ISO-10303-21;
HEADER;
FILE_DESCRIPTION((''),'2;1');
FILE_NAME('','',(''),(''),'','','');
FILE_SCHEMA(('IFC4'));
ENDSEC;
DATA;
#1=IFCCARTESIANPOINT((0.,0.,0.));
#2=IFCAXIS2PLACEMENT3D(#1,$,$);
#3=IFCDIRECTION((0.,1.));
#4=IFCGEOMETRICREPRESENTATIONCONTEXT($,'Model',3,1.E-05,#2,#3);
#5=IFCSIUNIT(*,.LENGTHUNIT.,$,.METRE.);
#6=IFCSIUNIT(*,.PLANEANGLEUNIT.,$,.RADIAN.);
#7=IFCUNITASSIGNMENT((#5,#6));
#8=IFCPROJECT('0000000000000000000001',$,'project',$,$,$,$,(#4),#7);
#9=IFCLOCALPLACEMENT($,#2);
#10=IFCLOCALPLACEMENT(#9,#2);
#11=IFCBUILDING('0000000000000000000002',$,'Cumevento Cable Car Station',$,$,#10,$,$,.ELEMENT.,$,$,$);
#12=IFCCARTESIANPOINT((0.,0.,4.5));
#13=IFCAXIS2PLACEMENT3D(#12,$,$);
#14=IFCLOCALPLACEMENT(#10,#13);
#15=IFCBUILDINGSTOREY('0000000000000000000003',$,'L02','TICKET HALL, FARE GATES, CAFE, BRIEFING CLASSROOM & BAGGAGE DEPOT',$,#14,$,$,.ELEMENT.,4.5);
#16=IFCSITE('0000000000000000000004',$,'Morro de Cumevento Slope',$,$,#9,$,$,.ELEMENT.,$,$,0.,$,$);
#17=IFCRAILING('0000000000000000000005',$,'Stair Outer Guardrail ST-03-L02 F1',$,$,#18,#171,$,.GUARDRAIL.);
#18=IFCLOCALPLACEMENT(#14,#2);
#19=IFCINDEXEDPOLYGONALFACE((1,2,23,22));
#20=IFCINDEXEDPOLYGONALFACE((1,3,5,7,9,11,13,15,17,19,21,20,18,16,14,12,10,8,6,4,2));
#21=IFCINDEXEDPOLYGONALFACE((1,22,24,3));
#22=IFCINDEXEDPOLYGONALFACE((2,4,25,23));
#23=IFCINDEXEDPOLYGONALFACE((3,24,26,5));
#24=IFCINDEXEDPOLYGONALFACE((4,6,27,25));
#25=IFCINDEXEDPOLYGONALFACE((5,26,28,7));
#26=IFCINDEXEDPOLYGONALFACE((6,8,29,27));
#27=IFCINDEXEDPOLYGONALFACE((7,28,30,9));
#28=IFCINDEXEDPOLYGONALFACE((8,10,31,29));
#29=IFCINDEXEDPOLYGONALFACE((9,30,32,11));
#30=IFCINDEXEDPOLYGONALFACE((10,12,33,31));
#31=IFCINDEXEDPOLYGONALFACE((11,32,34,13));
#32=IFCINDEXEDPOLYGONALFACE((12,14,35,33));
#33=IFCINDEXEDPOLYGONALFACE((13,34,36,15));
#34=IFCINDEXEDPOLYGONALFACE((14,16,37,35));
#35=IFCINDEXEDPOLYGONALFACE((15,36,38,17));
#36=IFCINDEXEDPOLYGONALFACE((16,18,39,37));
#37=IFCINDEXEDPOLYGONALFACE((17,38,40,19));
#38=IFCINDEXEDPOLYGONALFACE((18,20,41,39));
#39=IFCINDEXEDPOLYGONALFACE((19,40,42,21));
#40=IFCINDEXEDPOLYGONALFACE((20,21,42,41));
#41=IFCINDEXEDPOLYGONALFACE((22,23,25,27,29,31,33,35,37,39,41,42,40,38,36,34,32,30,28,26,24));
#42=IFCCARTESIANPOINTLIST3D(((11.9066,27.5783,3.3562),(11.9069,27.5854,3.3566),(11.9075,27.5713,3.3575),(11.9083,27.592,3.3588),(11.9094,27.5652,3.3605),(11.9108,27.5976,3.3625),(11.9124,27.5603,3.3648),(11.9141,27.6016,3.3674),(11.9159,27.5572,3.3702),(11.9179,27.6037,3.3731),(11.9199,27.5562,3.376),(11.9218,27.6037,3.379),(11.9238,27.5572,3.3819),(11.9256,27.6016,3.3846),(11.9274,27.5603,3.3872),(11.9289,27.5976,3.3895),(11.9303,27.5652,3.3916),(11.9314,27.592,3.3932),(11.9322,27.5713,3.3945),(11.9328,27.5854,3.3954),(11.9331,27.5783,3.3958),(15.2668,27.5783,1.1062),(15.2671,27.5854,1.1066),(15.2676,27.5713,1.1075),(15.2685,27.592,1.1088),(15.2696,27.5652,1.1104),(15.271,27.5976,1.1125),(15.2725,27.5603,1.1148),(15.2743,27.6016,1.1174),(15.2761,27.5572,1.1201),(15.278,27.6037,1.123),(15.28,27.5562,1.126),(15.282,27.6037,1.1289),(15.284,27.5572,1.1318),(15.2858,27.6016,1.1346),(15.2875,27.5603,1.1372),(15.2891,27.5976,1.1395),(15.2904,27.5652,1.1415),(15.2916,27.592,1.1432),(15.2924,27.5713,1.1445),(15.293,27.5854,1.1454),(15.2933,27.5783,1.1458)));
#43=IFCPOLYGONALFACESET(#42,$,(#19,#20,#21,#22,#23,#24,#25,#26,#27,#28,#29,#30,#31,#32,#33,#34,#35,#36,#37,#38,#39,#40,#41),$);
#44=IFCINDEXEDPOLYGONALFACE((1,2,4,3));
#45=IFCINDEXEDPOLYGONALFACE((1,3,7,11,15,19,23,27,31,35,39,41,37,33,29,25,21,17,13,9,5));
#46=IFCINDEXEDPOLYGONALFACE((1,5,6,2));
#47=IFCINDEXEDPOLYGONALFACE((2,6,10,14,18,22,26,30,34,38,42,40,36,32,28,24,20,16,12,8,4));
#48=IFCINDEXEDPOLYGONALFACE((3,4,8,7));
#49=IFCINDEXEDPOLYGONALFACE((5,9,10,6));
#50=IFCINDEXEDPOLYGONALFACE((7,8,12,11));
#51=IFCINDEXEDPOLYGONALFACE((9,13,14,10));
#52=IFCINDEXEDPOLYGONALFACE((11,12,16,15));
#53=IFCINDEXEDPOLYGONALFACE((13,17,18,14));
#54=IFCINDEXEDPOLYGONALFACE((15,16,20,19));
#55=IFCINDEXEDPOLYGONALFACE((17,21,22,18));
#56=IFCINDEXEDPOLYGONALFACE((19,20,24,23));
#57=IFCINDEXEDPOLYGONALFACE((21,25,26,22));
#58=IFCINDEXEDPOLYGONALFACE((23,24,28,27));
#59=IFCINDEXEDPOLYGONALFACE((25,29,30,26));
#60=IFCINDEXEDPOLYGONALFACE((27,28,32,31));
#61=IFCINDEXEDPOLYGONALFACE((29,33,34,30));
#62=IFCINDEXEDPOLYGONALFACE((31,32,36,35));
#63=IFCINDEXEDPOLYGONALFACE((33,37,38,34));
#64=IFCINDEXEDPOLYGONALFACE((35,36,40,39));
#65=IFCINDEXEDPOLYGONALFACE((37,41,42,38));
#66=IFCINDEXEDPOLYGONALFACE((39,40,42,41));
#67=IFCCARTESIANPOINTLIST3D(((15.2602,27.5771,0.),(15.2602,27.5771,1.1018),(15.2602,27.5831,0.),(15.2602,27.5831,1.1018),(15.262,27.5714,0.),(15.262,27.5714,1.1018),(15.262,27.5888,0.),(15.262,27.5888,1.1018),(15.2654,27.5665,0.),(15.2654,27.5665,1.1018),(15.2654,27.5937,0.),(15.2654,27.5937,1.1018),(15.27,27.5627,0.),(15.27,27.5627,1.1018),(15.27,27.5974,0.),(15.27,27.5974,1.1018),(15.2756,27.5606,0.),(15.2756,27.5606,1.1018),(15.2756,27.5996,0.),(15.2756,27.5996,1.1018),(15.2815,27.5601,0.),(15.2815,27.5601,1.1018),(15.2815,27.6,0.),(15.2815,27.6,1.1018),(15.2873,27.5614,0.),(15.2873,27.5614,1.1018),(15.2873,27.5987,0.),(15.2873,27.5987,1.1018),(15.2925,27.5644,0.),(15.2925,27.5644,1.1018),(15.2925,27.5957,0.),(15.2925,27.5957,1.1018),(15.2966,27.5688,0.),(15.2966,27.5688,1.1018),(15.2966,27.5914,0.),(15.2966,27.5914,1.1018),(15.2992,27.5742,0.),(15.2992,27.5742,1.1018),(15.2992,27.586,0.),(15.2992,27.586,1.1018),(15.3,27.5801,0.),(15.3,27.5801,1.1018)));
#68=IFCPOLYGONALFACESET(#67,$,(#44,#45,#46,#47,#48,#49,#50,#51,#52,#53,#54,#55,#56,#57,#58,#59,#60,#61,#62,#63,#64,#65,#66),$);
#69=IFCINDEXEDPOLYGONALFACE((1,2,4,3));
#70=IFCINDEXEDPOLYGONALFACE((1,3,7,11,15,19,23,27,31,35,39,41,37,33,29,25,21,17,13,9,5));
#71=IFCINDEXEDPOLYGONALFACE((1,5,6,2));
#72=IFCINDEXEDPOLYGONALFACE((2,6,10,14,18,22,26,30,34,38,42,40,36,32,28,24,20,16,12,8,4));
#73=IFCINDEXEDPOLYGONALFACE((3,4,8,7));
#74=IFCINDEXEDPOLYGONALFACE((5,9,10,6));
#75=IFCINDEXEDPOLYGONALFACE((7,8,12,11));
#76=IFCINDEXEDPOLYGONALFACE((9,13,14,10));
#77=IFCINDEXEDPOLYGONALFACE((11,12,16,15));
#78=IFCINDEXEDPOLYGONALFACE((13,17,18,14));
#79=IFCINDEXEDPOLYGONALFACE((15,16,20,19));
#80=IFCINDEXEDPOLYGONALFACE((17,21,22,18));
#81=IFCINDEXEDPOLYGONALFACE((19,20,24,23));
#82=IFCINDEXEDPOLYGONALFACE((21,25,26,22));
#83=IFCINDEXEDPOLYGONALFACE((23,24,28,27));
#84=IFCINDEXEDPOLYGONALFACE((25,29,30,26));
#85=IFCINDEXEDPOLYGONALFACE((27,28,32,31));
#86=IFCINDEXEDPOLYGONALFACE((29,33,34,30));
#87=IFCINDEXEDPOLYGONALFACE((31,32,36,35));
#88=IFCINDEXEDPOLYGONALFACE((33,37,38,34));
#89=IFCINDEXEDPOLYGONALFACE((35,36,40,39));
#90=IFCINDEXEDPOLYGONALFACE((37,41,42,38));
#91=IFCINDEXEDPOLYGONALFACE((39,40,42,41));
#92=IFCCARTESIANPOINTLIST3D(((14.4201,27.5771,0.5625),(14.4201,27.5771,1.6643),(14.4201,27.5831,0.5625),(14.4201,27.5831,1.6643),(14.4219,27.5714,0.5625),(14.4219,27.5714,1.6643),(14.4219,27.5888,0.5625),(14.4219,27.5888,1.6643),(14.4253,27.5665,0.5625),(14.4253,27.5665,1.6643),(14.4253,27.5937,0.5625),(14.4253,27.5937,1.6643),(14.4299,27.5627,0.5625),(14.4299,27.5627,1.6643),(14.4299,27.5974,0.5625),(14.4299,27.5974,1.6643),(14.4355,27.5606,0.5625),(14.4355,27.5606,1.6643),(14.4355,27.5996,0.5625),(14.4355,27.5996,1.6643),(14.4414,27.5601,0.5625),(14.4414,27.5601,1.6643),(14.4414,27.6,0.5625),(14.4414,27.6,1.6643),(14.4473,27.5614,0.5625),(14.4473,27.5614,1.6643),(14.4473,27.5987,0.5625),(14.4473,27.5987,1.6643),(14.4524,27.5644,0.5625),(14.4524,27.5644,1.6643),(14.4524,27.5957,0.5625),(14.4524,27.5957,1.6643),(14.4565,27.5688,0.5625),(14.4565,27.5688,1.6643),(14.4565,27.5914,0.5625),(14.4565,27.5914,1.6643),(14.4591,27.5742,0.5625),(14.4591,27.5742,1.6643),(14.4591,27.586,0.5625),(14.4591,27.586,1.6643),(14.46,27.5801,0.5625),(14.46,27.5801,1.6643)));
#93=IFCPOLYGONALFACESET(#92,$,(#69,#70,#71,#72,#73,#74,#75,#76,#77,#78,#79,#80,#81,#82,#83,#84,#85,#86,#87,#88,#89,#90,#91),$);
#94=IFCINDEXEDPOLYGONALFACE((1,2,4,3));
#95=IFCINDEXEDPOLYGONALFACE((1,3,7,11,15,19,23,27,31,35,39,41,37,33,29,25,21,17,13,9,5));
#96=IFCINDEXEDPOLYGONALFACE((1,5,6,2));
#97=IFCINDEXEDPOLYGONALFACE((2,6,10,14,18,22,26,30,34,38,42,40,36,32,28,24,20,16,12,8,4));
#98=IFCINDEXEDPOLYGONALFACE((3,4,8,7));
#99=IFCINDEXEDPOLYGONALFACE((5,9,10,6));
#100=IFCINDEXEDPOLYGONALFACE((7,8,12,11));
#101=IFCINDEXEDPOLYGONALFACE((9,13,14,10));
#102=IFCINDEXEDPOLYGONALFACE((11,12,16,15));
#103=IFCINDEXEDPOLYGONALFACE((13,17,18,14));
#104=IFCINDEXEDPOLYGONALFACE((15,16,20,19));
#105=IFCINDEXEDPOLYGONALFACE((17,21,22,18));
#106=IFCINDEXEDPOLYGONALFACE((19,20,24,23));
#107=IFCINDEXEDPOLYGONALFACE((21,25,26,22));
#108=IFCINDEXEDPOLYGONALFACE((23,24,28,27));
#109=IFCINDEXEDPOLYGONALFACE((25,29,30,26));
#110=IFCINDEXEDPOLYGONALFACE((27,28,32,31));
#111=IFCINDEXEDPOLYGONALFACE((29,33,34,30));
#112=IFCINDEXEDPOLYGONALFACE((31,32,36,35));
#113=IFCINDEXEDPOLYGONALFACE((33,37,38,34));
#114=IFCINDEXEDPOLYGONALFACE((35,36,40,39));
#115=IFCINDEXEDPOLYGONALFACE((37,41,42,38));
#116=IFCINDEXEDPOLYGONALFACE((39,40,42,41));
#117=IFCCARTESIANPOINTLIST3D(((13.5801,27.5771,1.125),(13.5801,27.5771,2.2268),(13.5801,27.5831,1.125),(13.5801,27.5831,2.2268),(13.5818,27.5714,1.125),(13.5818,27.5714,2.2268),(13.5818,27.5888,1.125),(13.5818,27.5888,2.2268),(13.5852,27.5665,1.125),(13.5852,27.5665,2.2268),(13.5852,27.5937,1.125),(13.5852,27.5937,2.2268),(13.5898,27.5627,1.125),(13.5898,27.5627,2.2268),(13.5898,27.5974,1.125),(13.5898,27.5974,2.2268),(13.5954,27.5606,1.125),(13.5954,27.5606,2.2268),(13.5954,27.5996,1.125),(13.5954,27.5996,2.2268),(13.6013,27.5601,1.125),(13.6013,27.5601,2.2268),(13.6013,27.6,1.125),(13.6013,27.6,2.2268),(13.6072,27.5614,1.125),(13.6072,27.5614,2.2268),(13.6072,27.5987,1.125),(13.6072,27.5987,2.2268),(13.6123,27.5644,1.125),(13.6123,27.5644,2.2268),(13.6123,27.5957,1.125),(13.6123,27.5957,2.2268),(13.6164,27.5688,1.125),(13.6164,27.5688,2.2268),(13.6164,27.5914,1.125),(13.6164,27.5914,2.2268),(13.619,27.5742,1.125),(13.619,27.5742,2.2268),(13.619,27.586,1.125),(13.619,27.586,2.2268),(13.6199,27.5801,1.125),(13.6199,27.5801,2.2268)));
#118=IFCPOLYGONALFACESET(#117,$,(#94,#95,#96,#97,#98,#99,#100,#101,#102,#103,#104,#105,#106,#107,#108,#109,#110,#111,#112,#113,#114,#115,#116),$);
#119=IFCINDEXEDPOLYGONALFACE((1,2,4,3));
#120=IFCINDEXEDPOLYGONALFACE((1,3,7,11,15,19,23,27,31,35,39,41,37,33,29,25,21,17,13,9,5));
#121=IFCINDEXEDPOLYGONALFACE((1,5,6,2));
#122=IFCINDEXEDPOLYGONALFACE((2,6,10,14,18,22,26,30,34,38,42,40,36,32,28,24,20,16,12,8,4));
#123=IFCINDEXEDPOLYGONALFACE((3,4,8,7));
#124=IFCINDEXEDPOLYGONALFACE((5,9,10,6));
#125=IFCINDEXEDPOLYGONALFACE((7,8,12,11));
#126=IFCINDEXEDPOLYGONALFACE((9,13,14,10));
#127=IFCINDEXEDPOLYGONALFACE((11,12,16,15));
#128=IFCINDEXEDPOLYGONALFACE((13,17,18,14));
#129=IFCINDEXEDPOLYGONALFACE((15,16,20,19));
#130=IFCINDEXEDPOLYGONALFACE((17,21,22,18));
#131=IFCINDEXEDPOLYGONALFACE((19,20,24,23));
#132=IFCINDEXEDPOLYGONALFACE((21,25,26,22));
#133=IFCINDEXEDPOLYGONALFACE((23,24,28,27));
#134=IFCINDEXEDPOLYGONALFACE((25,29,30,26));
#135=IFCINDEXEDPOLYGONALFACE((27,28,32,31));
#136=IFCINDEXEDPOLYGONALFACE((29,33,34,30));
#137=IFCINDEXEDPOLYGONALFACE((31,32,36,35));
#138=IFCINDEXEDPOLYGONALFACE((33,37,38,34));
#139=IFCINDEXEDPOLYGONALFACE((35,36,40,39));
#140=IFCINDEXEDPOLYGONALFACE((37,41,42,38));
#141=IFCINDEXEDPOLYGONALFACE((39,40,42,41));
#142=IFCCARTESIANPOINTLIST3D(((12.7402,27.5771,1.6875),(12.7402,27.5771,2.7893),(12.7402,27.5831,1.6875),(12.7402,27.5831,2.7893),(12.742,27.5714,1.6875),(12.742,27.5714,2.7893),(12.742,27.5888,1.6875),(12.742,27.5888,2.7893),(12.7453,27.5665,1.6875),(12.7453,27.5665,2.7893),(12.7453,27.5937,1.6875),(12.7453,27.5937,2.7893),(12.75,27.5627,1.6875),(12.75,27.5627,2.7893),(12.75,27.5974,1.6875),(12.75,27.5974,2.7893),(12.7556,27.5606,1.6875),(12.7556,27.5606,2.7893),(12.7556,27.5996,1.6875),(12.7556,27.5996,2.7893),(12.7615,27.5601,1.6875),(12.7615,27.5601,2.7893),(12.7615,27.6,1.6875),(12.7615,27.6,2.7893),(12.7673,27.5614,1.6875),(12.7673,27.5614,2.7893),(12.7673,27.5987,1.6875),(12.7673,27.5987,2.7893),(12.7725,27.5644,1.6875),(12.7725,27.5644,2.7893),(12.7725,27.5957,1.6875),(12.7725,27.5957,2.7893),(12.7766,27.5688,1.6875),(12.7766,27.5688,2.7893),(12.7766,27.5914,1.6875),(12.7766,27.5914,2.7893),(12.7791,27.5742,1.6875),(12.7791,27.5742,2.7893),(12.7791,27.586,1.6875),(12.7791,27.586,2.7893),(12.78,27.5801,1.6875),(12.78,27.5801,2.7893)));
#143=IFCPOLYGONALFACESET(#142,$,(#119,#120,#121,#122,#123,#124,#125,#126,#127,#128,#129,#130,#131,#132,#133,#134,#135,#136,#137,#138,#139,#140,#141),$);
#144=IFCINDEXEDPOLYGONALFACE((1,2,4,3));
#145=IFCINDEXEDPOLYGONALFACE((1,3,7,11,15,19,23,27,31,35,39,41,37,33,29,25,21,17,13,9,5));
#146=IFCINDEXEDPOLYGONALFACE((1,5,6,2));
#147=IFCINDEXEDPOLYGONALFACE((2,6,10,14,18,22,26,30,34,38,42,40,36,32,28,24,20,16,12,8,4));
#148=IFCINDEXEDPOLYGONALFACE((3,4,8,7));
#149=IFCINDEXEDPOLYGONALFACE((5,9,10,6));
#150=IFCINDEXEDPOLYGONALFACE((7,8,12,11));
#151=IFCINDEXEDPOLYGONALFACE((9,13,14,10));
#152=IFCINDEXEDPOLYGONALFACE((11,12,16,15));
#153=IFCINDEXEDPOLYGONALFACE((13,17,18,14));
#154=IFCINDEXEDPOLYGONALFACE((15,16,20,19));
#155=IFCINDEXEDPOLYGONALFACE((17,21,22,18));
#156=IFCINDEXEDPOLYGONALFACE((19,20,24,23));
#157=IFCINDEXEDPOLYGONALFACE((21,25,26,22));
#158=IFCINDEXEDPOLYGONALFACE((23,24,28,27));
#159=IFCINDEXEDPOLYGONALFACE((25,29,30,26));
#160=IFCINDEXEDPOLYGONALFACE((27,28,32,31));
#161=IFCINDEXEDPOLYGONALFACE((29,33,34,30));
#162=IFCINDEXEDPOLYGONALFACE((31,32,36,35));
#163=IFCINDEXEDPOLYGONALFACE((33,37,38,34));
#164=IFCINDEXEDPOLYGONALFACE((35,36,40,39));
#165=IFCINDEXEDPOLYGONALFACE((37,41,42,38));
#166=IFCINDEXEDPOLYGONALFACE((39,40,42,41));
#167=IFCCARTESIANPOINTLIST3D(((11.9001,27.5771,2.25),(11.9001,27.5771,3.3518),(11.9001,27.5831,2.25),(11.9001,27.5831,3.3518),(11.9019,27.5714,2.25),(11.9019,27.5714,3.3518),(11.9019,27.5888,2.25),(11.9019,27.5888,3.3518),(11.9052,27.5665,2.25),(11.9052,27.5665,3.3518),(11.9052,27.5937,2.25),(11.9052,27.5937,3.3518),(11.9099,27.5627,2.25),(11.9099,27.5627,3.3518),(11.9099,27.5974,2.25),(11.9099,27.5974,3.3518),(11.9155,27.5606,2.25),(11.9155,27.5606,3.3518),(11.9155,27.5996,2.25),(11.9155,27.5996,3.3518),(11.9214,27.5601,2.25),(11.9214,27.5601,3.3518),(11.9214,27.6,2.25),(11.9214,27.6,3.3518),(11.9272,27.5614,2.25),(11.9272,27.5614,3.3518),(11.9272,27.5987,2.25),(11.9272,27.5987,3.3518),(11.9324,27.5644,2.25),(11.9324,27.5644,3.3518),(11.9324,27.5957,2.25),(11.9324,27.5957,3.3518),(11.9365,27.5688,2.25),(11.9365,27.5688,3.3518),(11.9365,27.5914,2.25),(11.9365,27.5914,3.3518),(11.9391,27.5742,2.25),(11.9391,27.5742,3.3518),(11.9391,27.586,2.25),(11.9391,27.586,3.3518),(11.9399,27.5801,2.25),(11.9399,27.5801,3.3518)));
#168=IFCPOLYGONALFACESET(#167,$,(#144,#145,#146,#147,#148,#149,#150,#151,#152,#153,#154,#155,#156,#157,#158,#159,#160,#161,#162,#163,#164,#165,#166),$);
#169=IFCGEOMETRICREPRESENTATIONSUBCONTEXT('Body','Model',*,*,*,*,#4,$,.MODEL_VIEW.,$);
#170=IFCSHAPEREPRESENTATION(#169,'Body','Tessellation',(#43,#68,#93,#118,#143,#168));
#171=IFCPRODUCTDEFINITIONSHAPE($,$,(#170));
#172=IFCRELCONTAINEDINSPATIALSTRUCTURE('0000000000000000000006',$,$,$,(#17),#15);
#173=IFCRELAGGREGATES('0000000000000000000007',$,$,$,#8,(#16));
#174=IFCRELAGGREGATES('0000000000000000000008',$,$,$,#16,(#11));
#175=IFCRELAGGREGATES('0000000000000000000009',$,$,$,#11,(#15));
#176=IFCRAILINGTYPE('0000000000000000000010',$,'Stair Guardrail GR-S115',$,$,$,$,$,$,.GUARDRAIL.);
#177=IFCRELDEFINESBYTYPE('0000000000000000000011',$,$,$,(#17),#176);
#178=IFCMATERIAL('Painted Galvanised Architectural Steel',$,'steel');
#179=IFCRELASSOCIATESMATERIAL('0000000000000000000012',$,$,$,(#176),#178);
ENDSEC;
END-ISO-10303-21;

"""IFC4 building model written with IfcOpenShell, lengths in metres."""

from ifc_helpers import new_model, si_unit, direction, frame, origin, origin_2d, place, context, subcontext, project, spatial, circle, extrude, material, type_object, element, save


model = new_model("IFC4")

# Units and contexts
model_context = context("Model", 3, precision=1e-05, world=origin(), true_north=direction((0.0, 1.0)))
body_context = subcontext(model_context, "Body", "Model", "MODEL_VIEW")
ifc_project = project(units=[si_unit("LENGTHUNIT", "METRE"), si_unit("PLANEANGLEUNIT", "RADIAN")], contexts=[model_context])

# Site, building, storey
site_placement = place(None, origin())
site = spatial("IfcSite", under=ifc_project, at=site_placement, Name="Morro de Cumevento Slope", CompositionType="ELEMENT", RefElevation=0.0)
building_placement = place(site_placement, origin())
building = spatial("IfcBuilding", under=site, at=building_placement, Name="Cumevento Cable Car Station", CompositionType="ELEMENT")
storey_placement = place(building_placement, frame((0.0, 0.0, 4.5)))
storey = spatial("IfcBuildingStorey", under=building, at=storey_placement, Name="L02", Description="TICKET HALL, FARE GATES, CAFE, BRIEFING CLASSROOM & BAGGAGE DEPOT", CompositionType="ELEMENT", Elevation=4.5)

# Railing
ifc_material_1 = material(Name="Painted Galvanised Architectural Steel", Category="steel")
railing_type_1 = type_object("IfcRailingType", Name="Stair Guardrail GR-S115", PredefinedType="GUARDRAIL", material=ifc_material_1)
railing_1_placement = place(storey_placement, frame((15.28, 27.5801, 0.0)))
element("IfcRailing", 1, at=railing_1_placement, inside=storey, type_object=railing_type_1, Name="Stair Outer Guardrail ST-03-L02 F1", PredefinedType="GUARDRAIL", context=body_context, shape_type="SweptSolid", body=[
    extrude(circle(Radius=0.0239, at=origin_2d()), frame((0.0, 0.0, 1.126), z_axis=(-0.830915, 0.0, 0.556399), x_axis=(0.0, -1.0, 0.0)), (0.0, 0.0, 1.0), 4.0439),
    extrude(circle(Radius=0.02, at=origin_2d()), origin(), (0.0, 0.0, 1.0), 1.1018),
    extrude(circle(Radius=0.02, at=origin_2d()), frame((-0.8401, 0.0, 0.5625)), (0.0, 0.0, 1.0), 1.1018),
    extrude(circle(Radius=0.02, at=origin_2d()), frame((-1.6802, 0.0, 1.125)), (0.0, 0.0, 1.0), 1.1018),
    extrude(circle(Radius=0.02, at=origin_2d()), frame((-2.52, 0.0, 1.6875)), (0.0, 0.0, 1.0), 1.1018),
    extrude(circle(Radius=0.02, at=origin_2d()), frame((-3.3601, 0.0, 2.25)), (0.0, 0.0, 1.0), 1.1018),
])

save(model, "model.ifc")
